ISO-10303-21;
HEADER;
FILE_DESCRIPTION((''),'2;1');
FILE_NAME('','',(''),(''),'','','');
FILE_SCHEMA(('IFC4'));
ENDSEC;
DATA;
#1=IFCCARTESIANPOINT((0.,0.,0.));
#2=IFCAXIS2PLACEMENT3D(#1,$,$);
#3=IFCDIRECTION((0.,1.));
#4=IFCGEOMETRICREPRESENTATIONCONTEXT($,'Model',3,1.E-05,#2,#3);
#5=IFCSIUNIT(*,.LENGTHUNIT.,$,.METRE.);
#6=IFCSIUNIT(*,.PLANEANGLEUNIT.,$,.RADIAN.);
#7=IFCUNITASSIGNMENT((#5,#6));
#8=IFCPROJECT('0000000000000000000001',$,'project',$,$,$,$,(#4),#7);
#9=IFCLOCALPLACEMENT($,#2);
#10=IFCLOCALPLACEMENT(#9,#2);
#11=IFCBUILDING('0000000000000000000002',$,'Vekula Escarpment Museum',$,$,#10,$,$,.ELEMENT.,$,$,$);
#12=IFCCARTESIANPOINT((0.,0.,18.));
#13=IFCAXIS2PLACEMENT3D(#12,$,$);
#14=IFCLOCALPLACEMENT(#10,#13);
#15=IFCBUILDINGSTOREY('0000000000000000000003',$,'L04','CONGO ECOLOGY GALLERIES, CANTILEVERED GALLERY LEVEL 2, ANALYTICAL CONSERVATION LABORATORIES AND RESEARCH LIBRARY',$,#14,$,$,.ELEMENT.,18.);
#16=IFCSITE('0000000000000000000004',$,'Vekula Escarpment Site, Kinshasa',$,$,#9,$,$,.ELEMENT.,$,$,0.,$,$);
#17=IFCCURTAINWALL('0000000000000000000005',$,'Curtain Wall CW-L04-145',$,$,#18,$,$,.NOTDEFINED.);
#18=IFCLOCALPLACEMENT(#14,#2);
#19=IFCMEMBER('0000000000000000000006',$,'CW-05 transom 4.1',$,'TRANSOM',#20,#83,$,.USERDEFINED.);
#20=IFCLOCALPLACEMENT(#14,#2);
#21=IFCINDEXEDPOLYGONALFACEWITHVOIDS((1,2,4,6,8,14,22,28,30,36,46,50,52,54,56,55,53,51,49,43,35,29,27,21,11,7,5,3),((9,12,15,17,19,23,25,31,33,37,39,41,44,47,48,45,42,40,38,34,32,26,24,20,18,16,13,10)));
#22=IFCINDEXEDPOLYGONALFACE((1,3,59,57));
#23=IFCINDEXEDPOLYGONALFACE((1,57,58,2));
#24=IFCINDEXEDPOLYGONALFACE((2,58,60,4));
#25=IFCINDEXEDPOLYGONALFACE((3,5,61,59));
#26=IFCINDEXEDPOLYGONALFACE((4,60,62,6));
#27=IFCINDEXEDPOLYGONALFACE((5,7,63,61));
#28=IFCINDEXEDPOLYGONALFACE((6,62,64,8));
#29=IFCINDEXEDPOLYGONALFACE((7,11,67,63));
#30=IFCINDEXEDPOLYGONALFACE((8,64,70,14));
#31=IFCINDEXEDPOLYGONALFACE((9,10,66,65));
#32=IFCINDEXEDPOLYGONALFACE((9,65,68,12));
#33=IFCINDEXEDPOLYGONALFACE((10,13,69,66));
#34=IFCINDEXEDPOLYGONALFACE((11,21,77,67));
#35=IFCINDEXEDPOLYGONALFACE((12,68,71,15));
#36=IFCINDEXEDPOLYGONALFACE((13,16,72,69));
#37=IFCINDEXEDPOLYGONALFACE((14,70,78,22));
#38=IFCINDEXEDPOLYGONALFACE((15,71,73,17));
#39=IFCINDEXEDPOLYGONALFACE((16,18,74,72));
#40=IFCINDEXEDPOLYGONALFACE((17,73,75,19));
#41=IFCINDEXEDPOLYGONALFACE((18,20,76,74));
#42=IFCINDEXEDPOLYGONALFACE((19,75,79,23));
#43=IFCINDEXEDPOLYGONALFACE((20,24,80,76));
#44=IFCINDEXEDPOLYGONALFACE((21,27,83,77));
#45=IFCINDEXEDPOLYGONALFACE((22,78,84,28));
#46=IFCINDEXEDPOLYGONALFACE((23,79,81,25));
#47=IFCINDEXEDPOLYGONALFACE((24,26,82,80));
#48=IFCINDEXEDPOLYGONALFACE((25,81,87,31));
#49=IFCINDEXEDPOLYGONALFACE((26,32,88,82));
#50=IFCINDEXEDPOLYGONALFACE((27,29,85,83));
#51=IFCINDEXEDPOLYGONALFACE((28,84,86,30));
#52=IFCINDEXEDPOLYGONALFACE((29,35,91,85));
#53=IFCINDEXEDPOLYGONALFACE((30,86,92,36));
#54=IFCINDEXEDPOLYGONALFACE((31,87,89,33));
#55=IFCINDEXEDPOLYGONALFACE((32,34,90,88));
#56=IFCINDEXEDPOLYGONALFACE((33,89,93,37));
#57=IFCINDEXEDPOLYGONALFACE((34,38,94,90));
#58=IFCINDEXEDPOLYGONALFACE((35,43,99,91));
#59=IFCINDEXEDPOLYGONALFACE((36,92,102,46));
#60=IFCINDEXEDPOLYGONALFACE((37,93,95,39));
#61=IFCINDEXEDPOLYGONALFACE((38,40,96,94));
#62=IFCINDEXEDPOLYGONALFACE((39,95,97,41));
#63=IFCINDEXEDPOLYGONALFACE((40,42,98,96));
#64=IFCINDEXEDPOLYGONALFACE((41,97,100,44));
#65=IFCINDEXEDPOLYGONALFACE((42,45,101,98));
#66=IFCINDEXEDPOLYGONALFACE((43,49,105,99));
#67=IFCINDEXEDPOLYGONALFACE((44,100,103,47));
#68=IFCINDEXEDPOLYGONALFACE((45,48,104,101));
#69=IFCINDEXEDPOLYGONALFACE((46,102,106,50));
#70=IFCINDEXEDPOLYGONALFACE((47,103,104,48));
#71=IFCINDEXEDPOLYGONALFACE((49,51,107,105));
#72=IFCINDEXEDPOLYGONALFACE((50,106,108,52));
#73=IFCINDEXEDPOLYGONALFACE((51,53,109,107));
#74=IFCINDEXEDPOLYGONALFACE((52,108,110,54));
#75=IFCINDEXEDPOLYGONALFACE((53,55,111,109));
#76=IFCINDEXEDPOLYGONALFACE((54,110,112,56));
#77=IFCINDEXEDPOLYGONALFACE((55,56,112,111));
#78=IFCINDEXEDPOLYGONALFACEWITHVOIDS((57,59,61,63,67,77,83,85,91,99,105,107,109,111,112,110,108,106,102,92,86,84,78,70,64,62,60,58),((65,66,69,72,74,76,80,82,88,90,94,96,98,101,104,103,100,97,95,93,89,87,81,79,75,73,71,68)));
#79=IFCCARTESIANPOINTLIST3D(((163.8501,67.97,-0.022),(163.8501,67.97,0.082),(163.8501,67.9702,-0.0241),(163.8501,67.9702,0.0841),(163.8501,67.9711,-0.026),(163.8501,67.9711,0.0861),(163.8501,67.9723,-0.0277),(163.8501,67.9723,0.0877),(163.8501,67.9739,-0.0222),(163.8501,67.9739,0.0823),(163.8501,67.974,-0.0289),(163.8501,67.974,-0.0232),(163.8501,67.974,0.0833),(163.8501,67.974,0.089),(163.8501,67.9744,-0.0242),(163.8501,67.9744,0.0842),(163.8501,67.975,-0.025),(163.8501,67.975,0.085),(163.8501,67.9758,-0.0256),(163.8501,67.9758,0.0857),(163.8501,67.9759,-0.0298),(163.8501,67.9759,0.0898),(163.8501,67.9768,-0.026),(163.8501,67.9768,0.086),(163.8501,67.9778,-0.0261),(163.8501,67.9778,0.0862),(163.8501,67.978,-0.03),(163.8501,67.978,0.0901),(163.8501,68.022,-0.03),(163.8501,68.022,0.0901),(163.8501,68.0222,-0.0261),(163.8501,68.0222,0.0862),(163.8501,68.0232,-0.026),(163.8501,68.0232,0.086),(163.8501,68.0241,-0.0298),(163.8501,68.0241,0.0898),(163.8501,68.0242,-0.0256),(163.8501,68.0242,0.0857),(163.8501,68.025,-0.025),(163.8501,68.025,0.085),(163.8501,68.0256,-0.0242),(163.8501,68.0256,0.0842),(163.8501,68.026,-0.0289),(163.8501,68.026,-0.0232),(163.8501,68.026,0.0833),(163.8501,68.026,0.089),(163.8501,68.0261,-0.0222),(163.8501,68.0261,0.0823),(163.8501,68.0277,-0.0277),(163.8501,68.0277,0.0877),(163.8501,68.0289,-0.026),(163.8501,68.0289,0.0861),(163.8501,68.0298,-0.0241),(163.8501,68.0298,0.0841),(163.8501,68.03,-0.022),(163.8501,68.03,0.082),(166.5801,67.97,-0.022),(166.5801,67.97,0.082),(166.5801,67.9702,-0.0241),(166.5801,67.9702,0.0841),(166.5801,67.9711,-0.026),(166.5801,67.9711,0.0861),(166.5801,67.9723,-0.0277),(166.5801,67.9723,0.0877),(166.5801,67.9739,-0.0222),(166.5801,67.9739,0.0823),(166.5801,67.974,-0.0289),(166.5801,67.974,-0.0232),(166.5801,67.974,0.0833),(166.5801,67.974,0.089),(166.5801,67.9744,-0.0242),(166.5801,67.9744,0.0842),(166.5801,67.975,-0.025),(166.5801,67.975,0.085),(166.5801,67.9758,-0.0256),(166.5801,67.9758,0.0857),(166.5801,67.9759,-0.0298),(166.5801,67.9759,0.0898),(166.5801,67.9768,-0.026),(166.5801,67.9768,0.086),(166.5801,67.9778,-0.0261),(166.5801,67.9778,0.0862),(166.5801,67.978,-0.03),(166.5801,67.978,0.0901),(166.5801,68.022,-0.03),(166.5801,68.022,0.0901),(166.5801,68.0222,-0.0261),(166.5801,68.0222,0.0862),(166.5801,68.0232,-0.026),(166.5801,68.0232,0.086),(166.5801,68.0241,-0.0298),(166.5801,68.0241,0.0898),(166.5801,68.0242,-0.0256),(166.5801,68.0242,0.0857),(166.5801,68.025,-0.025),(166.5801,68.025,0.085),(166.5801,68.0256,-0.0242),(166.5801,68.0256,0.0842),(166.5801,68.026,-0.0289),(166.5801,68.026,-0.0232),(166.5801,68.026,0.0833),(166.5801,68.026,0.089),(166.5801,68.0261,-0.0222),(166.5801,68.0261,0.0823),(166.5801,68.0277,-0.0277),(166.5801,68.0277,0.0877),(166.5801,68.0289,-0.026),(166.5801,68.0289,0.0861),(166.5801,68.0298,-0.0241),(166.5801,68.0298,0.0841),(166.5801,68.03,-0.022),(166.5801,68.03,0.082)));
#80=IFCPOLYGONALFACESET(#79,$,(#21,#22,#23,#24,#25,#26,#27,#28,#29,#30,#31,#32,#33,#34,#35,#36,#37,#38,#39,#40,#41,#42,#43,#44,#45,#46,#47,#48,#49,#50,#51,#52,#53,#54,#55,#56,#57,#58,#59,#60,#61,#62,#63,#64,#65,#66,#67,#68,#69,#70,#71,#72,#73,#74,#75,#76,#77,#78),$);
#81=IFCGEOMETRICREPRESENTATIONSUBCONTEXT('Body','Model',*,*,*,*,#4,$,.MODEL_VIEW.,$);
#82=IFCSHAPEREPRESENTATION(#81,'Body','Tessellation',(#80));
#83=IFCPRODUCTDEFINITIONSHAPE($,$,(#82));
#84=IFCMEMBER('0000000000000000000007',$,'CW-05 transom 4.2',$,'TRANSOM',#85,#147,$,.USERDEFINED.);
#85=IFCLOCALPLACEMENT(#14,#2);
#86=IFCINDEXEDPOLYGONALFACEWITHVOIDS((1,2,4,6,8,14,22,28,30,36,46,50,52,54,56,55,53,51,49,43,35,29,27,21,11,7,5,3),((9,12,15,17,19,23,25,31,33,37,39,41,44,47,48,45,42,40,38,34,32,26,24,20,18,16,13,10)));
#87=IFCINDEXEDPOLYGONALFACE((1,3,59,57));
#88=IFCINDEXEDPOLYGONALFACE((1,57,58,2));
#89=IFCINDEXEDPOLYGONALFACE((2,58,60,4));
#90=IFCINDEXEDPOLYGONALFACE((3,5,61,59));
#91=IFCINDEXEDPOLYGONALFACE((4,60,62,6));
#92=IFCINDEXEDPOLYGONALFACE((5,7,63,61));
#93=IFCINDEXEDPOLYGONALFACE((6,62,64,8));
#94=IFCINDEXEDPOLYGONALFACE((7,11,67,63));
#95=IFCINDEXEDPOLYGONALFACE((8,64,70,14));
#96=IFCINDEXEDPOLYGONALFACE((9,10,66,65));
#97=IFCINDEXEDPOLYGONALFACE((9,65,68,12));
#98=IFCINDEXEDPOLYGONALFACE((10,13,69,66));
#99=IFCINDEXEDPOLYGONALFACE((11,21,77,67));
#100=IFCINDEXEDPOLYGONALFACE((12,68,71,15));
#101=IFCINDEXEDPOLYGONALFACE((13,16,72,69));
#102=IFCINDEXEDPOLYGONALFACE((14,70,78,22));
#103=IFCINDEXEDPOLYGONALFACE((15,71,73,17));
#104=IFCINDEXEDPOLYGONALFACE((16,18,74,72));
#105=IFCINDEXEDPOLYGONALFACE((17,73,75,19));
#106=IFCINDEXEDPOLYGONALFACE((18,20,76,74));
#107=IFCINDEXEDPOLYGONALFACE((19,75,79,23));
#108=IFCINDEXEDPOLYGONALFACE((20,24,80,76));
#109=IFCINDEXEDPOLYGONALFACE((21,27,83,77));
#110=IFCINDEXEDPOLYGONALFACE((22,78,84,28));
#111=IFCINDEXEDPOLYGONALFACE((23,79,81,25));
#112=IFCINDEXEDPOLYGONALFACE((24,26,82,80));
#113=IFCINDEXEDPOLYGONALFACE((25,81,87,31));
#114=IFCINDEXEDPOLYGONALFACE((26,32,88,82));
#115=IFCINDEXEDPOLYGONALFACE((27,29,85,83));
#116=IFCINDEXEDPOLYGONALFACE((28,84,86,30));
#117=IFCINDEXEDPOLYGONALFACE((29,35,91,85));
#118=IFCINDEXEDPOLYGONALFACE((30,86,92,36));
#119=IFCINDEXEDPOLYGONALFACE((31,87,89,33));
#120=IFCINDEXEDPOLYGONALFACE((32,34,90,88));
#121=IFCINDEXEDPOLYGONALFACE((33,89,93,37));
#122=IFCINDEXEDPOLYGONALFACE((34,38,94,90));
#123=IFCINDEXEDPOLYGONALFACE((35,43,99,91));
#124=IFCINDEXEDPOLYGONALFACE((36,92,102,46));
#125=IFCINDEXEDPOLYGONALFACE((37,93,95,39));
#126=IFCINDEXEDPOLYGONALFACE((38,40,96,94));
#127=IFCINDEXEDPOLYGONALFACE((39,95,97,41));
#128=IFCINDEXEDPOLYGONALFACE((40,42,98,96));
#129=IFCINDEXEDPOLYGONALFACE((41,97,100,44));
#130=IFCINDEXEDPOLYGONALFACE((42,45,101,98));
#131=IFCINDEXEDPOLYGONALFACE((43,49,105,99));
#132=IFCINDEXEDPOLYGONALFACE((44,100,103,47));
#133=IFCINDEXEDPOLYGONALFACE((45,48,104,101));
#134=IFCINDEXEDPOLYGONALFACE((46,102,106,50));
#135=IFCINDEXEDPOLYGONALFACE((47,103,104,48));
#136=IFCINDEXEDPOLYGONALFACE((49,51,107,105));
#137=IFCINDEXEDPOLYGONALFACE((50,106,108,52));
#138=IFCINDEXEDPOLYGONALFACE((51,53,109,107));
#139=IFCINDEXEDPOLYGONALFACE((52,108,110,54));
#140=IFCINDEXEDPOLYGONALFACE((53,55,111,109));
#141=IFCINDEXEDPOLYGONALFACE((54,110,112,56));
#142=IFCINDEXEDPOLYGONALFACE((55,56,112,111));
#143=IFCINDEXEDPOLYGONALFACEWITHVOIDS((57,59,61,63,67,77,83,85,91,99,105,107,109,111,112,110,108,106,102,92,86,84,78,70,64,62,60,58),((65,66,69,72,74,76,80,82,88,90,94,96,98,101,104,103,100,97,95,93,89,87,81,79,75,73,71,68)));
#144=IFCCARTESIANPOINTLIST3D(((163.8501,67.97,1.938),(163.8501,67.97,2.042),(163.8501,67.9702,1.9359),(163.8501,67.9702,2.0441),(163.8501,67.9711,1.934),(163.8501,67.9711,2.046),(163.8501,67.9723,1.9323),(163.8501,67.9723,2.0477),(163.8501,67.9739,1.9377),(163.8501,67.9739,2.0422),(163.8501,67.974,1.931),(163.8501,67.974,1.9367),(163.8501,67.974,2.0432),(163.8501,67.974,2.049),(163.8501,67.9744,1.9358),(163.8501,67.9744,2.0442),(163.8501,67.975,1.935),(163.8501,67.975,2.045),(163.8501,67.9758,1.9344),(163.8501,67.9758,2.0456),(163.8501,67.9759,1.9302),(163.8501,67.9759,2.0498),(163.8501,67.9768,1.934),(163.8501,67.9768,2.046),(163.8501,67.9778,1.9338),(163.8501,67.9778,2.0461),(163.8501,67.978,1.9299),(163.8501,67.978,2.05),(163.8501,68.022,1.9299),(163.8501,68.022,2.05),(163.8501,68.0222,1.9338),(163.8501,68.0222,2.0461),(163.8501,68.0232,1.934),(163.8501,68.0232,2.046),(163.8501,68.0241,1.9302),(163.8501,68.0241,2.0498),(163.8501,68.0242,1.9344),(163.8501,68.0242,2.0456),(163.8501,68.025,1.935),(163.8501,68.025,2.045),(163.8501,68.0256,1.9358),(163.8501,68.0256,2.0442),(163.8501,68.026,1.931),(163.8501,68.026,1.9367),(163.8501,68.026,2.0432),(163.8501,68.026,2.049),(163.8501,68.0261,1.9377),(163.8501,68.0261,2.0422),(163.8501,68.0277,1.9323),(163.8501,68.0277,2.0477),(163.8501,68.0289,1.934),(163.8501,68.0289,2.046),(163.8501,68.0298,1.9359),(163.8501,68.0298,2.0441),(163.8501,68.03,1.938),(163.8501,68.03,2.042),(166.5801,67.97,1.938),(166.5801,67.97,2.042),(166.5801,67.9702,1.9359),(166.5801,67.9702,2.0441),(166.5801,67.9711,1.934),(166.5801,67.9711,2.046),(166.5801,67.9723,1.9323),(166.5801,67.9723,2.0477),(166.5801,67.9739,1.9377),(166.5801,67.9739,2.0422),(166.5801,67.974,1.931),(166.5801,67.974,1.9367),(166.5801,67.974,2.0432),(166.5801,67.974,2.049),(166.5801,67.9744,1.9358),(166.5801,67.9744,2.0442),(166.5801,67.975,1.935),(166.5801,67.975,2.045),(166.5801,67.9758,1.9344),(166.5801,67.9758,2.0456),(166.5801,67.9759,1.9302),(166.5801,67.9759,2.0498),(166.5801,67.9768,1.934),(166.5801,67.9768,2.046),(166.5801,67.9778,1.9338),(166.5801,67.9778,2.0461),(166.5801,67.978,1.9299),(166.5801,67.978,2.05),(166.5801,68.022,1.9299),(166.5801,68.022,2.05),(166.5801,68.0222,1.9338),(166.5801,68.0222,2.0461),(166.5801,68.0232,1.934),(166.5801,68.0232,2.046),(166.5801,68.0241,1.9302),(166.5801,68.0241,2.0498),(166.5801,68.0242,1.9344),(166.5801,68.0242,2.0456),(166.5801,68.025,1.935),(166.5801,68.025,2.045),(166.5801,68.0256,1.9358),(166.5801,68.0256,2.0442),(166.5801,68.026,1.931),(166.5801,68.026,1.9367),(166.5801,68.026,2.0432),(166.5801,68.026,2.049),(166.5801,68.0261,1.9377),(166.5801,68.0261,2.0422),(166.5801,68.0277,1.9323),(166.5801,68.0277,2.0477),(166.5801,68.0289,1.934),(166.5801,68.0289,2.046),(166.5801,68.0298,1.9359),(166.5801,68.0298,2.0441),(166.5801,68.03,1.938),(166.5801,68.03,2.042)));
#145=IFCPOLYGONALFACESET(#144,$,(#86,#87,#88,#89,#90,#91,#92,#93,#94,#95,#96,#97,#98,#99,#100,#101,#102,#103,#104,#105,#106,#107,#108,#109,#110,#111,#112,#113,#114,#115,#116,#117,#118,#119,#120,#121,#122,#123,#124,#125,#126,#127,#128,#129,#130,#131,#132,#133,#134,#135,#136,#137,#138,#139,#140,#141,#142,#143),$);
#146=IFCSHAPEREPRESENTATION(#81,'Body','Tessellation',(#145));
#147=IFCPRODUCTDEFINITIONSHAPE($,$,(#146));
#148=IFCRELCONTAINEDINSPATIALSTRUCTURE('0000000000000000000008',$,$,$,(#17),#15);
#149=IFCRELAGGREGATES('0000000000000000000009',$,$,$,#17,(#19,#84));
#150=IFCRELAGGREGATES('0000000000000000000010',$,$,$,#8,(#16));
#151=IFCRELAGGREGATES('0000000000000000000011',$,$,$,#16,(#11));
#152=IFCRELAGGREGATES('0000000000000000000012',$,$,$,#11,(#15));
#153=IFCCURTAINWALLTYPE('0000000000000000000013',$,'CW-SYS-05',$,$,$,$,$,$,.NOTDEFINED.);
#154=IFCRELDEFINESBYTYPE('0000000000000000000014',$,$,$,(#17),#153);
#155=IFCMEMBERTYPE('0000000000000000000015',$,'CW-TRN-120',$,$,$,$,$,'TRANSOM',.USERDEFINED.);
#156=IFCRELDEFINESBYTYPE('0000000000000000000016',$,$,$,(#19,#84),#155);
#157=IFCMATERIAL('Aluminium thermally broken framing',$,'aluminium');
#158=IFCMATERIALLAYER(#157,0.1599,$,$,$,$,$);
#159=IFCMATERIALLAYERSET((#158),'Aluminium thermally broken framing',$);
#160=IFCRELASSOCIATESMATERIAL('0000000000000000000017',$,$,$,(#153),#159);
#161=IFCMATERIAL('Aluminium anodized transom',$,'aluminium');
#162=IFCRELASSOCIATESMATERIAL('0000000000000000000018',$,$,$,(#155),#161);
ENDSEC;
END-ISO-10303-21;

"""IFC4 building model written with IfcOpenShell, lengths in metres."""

from ifc_helpers import new_model, si_unit, direction, frame, origin, origin_2d, place, context, subcontext, project, spatial, hollow_rectangle, extrude, material, layer, layer_set, material_profile, profile_set, type_object, element, aggregate, save


model = new_model("IFC4")

# Units and contexts
model_context = context("Model", 3, precision=1e-05, world=origin(), true_north=direction((0.0, 1.0)))
body_context = subcontext(model_context, "Body", "Model", "MODEL_VIEW")
ifc_project = project(units=[si_unit("LENGTHUNIT", "METRE"), si_unit("PLANEANGLEUNIT", "RADIAN")], contexts=[model_context])

# Site, building, storey
site_placement = place(None, origin())
site = spatial("IfcSite", under=ifc_project, at=site_placement, Name="Vekula Escarpment Site, Kinshasa", CompositionType="ELEMENT", RefElevation=0.0)
building_placement = place(site_placement, origin())
building = spatial("IfcBuilding", under=site, at=building_placement, Name="Vekula Escarpment Museum", CompositionType="ELEMENT")
storey_placement = place(building_placement, frame((0.0, 0.0, 18.0)))
storey = spatial("IfcBuildingStorey", under=building, at=storey_placement, Name="L04", Description="CONGO ECOLOGY GALLERIES, CANTILEVERED GALLERY LEVEL 2, ANALYTICAL CONSERVATION LABORATORIES AND RESEARCH LIBRARY", CompositionType="ELEMENT", Elevation=18.0)

# Curtain wall, members
ifc_material_1 = material(Name="Aluminium thermally broken framing", Category="aluminium")
ifc_layer_1 = layer(ifc_material_1, 0.1599)
ifc_layer_set_1 = layer_set([ifc_layer_1], Name="Aluminium thermally broken framing")
curtain_wall_type = type_object("IfcCurtainWallType", Name="CW-SYS-05", PredefinedType="NOTDEFINED", material=ifc_layer_set_1)
curtain_wall_placement = place(storey_placement, origin())
curtain_wall = element("IfcCurtainWall", 1, at=curtain_wall_placement, inside=storey, type_object=curtain_wall_type, Name="Curtain Wall CW-L04-145", PredefinedType="NOTDEFINED")
ifc_material_2 = material(Name="Aluminium anodized transom", Category="aluminium")
ifc_material_profile_1 = material_profile(ifc_material_2, hollow_rectangle(XDim=0.0601, YDim=0.1201, WallThickness=0.0039, InnerFilletRadius=0.0039, OuterFilletRadius=0.0081, at=origin_2d()), Name="ALU 120x60x4")
ifc_profile_set_1 = profile_set([ifc_material_profile_1], Name="Aluminium anodized transom")
member_type_1 = type_object("IfcMemberType", Name="CW-TRN-120", ElementType="TRANSOM", PredefinedType="USERDEFINED", material=ifc_profile_set_1)
member_1_placement = place(storey_placement, frame((163.8501, 68.0, 0.03), z_axis=(1.0, 0.0, 0.0), x_axis=(0.0, 1.0, 0.0)))
member_1 = element("IfcMember", 2, at=member_1_placement, type_object=member_type_1, Name="CW-05 transom 4.1", ObjectType="TRANSOM", PredefinedType="USERDEFINED", context=body_context, shape_type="SweptSolid", body=[
    extrude(hollow_rectangle(XDim=0.0601, YDim=0.1201, WallThickness=0.0039, InnerFilletRadius=0.0039, OuterFilletRadius=0.0081, at=origin_2d()), origin(), (0.0, 0.0, 1.0), 2.73),
])
member_2_placement = place(storey_placement, frame((163.8501, 68.0, 1.99), z_axis=(1.0, 0.0, 0.0), x_axis=(0.0, 1.0, 0.0)))
member_2 = element("IfcMember", 3, at=member_2_placement, type_object=member_type_1, Name="CW-05 transom 4.2", ObjectType="TRANSOM", PredefinedType="USERDEFINED", context=body_context, shape_type="SweptSolid", body=[
    extrude(hollow_rectangle(XDim=0.0601, YDim=0.1201, WallThickness=0.0039, InnerFilletRadius=0.0039, OuterFilletRadius=0.0081, at=origin_2d()), origin(), (0.0, 0.0, 1.0), 2.73),
])
aggregate(curtain_wall, [member_1, member_2])

save(model, "model.ifc")
